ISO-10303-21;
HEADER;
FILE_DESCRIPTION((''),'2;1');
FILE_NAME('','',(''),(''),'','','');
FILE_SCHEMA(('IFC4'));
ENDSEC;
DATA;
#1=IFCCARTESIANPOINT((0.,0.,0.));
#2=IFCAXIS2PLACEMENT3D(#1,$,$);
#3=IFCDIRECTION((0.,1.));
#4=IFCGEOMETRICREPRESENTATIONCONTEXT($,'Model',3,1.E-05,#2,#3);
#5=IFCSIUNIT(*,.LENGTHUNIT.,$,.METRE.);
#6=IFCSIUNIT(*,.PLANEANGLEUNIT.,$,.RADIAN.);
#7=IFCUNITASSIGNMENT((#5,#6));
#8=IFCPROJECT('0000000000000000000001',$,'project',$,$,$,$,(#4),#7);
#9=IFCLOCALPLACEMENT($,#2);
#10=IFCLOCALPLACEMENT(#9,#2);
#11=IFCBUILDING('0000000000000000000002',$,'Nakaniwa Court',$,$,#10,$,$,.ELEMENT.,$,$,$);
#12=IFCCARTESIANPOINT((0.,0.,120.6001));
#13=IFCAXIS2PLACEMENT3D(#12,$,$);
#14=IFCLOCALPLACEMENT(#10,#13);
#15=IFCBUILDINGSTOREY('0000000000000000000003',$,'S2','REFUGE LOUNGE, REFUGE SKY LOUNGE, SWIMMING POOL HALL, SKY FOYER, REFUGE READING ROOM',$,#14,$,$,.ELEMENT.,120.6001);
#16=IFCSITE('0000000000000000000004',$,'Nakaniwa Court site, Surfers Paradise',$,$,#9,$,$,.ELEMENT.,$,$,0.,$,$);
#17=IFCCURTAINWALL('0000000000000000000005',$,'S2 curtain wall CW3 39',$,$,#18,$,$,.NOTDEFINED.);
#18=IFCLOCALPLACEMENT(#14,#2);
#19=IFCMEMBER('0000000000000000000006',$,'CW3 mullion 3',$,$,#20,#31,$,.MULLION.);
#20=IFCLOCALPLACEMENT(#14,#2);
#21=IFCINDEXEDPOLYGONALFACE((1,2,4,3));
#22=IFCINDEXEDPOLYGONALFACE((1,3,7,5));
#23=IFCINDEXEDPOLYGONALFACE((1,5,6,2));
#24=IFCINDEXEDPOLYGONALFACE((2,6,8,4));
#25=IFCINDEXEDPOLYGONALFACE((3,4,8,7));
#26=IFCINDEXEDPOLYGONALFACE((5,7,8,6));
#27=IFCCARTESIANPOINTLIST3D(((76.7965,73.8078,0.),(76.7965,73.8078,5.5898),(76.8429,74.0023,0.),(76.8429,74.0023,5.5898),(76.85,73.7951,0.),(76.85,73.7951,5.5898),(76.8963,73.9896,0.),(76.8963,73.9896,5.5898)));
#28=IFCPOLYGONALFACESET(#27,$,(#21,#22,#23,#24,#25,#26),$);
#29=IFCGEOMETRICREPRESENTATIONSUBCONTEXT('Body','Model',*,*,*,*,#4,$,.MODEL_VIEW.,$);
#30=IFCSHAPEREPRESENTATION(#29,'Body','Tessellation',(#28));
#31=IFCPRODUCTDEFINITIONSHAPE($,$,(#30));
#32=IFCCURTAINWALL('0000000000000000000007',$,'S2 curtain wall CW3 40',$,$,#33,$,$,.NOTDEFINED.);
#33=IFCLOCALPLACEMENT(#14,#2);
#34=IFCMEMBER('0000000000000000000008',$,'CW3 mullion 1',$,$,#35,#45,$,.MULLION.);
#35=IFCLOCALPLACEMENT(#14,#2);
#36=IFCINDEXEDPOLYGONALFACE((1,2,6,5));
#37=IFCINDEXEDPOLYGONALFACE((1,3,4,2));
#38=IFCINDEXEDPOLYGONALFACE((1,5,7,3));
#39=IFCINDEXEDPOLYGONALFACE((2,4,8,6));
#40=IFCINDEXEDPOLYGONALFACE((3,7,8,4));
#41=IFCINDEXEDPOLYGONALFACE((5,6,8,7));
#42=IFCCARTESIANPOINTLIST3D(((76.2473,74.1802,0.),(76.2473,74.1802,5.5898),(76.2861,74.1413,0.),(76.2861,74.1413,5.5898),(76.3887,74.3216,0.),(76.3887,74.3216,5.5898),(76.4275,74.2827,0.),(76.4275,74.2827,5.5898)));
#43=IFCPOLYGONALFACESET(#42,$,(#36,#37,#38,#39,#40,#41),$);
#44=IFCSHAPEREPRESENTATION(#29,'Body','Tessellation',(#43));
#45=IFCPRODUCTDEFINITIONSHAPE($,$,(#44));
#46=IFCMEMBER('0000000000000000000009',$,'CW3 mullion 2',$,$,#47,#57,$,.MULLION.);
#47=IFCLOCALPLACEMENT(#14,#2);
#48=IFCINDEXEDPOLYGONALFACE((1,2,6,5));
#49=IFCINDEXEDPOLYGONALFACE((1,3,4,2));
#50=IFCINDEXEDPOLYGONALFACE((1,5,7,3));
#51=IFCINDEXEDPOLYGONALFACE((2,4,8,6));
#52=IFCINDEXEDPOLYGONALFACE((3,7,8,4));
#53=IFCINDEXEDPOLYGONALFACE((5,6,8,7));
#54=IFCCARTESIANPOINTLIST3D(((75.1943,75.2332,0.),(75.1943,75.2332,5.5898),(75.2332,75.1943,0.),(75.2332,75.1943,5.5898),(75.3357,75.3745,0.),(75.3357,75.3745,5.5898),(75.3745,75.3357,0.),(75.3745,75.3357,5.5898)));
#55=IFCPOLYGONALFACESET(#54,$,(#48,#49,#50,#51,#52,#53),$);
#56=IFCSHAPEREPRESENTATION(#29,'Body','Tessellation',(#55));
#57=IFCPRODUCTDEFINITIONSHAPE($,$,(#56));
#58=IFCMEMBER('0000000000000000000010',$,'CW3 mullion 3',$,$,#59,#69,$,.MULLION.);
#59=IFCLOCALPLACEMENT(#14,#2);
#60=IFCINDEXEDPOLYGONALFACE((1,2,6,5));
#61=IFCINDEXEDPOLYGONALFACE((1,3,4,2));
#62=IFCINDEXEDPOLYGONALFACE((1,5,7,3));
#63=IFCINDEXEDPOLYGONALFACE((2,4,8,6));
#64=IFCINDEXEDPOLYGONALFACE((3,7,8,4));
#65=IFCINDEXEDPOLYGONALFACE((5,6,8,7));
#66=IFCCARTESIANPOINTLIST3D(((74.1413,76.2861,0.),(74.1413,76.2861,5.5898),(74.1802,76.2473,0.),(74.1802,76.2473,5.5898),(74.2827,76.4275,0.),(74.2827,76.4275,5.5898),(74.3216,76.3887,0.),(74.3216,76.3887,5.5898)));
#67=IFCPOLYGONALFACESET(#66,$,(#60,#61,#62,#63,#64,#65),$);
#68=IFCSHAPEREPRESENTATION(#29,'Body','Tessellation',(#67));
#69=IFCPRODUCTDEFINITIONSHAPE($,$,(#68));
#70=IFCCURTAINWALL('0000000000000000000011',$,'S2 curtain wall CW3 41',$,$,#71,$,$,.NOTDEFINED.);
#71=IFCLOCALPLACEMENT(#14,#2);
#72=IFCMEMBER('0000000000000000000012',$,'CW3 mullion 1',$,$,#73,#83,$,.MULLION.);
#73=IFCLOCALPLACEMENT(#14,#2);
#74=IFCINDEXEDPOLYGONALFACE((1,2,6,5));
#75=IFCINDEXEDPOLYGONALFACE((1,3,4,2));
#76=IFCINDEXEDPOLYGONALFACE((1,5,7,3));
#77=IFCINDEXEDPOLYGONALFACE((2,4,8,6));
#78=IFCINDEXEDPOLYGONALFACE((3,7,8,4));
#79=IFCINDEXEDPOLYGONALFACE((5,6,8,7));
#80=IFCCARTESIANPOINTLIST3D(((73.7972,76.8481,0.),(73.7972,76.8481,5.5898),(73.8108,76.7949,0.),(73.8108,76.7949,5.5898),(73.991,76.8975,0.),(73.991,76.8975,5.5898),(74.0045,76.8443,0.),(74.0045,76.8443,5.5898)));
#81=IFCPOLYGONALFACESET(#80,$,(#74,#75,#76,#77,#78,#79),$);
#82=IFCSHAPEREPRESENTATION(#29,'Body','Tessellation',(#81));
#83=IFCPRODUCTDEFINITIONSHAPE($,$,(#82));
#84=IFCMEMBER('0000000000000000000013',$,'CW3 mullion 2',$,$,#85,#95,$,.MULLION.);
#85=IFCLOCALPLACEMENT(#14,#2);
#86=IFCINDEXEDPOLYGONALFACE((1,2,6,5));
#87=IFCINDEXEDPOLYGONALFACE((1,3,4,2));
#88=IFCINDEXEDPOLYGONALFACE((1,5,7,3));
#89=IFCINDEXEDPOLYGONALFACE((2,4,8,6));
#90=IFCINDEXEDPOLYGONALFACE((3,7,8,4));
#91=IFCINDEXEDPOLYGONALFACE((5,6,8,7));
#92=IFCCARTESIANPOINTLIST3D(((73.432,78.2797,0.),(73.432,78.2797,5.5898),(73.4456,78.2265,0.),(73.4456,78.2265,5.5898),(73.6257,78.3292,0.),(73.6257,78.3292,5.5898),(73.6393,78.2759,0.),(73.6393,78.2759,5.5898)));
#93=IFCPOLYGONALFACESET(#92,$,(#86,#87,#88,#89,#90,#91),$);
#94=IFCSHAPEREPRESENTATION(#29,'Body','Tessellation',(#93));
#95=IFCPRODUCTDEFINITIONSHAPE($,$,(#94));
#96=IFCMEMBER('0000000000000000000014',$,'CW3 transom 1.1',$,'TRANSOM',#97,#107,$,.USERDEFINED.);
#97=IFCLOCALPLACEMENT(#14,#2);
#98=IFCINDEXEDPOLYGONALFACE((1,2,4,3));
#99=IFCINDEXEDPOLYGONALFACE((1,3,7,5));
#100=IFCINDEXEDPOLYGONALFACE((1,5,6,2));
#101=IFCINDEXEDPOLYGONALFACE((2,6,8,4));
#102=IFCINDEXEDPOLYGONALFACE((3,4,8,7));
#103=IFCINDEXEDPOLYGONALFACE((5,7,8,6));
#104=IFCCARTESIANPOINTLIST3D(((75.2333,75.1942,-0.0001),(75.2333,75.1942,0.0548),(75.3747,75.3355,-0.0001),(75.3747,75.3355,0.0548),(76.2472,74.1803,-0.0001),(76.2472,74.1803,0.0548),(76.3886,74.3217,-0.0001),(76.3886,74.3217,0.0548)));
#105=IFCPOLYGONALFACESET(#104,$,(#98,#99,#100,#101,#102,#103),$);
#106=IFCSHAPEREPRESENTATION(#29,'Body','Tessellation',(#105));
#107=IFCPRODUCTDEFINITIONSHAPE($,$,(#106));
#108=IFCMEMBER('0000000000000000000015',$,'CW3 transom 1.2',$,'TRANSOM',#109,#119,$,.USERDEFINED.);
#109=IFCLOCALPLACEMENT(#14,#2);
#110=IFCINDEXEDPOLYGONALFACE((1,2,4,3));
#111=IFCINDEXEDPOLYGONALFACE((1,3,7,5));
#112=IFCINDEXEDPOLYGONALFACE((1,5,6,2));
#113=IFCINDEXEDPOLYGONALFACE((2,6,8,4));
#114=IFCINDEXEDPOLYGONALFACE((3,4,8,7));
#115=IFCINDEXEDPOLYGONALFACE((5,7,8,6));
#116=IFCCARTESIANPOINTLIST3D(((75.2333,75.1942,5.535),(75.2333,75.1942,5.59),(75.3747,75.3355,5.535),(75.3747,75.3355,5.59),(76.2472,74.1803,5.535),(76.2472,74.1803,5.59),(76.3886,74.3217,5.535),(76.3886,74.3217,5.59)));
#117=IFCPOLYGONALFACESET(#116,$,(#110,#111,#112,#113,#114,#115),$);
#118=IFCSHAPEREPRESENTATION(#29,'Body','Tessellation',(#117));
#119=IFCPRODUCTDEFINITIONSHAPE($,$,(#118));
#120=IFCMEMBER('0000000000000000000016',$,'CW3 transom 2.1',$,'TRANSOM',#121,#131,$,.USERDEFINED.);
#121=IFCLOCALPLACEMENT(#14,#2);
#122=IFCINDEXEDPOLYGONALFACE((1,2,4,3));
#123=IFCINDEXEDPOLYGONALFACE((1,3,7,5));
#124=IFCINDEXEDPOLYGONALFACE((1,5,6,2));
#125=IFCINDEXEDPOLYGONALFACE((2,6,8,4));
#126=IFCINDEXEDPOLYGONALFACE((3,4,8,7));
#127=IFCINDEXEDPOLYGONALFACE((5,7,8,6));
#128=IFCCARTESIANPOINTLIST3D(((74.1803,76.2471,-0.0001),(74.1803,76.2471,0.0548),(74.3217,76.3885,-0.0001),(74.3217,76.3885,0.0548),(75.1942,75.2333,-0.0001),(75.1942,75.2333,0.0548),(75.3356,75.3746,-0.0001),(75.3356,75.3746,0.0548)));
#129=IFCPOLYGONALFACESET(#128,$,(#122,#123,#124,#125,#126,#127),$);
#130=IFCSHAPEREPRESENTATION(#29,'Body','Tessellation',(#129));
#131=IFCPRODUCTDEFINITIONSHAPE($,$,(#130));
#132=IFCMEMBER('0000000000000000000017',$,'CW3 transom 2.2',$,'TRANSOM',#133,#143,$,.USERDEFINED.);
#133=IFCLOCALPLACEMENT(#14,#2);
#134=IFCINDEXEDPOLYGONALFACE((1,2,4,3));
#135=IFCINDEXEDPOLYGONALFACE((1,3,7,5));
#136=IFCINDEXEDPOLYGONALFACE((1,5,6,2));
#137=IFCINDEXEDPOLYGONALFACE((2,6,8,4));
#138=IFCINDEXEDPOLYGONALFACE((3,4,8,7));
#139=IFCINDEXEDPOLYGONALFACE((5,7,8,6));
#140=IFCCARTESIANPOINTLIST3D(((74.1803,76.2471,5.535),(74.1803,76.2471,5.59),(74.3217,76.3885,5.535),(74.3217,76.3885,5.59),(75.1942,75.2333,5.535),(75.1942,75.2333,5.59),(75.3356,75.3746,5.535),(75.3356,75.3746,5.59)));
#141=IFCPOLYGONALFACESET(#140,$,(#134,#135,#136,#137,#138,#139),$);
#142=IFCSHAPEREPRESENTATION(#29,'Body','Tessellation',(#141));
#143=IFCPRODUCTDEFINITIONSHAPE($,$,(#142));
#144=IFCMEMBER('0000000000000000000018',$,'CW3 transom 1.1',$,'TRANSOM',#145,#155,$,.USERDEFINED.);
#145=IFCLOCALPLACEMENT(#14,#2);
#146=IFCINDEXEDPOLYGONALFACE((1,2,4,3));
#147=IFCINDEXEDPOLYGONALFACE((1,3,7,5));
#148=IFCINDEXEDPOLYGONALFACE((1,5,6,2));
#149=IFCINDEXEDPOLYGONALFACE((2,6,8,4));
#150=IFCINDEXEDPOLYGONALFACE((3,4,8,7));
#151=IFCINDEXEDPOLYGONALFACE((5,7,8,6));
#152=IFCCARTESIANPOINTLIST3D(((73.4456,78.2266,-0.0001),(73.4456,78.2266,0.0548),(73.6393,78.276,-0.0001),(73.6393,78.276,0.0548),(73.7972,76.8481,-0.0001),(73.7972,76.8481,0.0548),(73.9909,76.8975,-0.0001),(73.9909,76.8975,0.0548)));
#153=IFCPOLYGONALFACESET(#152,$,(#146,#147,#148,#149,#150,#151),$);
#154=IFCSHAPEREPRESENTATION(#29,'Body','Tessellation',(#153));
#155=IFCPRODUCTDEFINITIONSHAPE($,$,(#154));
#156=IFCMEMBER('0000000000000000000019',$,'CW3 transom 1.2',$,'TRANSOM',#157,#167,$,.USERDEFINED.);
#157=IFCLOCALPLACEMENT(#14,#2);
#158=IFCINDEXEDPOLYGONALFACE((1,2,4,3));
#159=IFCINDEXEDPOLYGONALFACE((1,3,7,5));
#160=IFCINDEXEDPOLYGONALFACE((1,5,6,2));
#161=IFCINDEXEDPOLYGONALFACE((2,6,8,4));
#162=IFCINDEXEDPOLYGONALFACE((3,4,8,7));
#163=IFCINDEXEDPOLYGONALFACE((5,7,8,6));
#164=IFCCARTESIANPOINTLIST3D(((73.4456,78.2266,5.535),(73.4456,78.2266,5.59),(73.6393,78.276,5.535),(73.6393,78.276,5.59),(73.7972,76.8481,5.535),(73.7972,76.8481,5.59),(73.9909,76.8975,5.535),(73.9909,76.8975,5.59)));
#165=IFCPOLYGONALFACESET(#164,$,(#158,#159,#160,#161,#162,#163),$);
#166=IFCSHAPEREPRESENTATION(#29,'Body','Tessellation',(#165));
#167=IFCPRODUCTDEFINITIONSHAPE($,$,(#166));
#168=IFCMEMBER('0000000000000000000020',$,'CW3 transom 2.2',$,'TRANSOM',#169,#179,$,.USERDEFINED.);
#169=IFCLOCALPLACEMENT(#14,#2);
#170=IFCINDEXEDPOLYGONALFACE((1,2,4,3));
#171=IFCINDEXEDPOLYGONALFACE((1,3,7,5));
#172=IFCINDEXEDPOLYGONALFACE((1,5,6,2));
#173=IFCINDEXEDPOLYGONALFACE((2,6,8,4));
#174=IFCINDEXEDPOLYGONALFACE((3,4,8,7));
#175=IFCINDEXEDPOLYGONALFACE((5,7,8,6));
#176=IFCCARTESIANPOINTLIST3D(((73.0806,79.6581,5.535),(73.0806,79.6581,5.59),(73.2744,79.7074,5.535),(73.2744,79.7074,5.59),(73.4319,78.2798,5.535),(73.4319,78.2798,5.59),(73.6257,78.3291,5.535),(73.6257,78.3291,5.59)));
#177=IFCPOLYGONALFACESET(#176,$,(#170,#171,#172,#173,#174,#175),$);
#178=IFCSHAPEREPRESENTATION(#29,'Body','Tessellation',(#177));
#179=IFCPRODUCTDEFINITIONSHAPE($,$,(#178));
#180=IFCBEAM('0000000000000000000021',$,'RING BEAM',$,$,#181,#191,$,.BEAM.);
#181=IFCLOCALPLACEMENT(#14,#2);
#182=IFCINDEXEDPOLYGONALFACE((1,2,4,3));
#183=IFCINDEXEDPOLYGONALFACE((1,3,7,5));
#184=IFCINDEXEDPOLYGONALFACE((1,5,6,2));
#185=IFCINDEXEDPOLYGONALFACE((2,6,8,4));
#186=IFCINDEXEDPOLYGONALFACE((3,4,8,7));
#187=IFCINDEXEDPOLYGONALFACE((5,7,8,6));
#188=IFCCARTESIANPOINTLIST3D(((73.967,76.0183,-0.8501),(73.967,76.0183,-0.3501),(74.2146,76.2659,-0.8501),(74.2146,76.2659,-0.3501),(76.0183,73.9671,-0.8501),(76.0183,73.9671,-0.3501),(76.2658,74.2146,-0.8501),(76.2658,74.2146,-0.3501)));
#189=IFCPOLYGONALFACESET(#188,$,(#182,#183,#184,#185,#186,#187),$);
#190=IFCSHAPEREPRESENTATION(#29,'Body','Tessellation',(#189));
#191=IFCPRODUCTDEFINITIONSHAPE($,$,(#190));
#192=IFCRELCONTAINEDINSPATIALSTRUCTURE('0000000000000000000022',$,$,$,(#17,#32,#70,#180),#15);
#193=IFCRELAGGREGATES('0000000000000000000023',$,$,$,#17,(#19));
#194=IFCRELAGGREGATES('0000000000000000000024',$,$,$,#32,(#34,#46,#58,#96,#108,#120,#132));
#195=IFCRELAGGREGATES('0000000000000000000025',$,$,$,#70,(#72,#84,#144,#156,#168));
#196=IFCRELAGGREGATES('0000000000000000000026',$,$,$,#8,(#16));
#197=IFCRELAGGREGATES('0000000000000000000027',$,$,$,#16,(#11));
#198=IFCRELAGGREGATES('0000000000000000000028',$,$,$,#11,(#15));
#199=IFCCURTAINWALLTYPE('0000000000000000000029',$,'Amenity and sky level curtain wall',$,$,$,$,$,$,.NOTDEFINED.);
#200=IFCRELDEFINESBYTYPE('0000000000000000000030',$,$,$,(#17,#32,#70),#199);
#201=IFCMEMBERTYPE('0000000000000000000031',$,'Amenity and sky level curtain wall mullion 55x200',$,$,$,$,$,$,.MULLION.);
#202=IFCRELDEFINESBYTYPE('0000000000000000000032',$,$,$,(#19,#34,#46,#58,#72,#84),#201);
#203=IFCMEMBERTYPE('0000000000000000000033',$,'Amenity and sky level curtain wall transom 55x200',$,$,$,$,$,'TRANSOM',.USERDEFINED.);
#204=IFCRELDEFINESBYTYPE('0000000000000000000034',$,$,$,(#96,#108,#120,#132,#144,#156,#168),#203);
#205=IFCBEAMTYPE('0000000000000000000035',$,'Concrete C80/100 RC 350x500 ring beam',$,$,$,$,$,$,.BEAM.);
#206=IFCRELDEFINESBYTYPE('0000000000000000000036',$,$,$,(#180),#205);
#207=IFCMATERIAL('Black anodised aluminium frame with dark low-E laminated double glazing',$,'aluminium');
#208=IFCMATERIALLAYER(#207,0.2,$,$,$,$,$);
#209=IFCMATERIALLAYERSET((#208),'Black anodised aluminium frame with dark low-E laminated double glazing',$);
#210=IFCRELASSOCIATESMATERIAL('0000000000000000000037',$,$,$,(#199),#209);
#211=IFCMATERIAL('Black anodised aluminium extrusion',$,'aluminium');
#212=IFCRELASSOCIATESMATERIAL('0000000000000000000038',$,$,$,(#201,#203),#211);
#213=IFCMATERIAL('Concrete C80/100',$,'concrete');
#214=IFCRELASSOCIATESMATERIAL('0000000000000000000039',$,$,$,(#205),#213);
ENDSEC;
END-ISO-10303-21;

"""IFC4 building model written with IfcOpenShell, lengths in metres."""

from ifc_helpers import new_model, si_unit, direction, frame, origin, origin_2d, place, context, subcontext, project, spatial, rectangle, extrude, material, layer, layer_set, material_profile, profile_set, type_object, element, aggregate, save


model = new_model("IFC4")

# Units and contexts
model_context = context("Model", 3, precision=1e-05, world=origin(), true_north=direction((0.0, 1.0)))
body_context = subcontext(model_context, "Body", "Model", "MODEL_VIEW")
ifc_project = project(units=[si_unit("LENGTHUNIT", "METRE"), si_unit("PLANEANGLEUNIT", "RADIAN")], contexts=[model_context])

# Site, building, storey
site_placement = place(None, origin())
site = spatial("IfcSite", under=ifc_project, at=site_placement, Name="Nakaniwa Court site, Surfers Paradise", CompositionType="ELEMENT", RefElevation=0.0)
building_placement = place(site_placement, origin())
building = spatial("IfcBuilding", under=site, at=building_placement, Name="Nakaniwa Court", CompositionType="ELEMENT")
storey_placement = place(building_placement, frame((0.0, 0.0, 120.6001)))
storey = spatial("IfcBuildingStorey", under=building, at=storey_placement, Name="S2", Description="REFUGE LOUNGE, REFUGE SKY LOUNGE, SWIMMING POOL HALL, SKY FOYER, REFUGE READING ROOM", CompositionType="ELEMENT", Elevation=120.6001)

# Shared definitions
ifc_material_1 = material(Name="Concrete C80/100", Category="concrete")

# Curtain wall, member
ifc_material_2 = material(Name="Black anodised aluminium frame with dark low-E laminated double glazing", Category="aluminium")
ifc_layer_1 = layer(ifc_material_2, 0.2)
ifc_layer_set_1 = layer_set([ifc_layer_1], Name="Black anodised aluminium frame with dark low-E laminated double glazing")
curtain_wall_type = type_object("IfcCurtainWallType", Name="Amenity and sky level curtain wall", PredefinedType="NOTDEFINED", material=ifc_layer_set_1)
curtain_wall_1_placement = place(storey_placement, origin())
curtain_wall_1 = element("IfcCurtainWall", 1, at=curtain_wall_1_placement, inside=storey, type_object=curtain_wall_type, Name="S2 curtain wall CW3 39", PredefinedType="NOTDEFINED")
ifc_material_3 = material(Name="Black anodised aluminium extrusion", Category="aluminium")
ifc_material_profile_1 = material_profile(ifc_material_3, rectangle(XDim=0.2, YDim=0.0549, at=origin_2d()), Name="Amenity and sky level curtain wall mullion 55x200")
ifc_profile_set_1 = profile_set([ifc_material_profile_1], Name="Black anodised aluminium extrusion")
member_type_1 = type_object("IfcMemberType", Name="Amenity and sky level curtain wall mullion 55x200", PredefinedType="MULLION", material=ifc_profile_set_1)
member_1_placement = place(storey_placement, frame((76.8464, 73.8987, 0.0), z_axis=(0.0, 0.0, 1.0), x_axis=(-0.231791, -0.972766, 0.0)))
member_1 = element("IfcMember", 2, at=member_1_placement, type_object=member_type_1, Name="CW3 mullion 3", PredefinedType="MULLION", context=body_context, shape_type="SweptSolid", body=[
    extrude(rectangle(XDim=0.2, YDim=0.0549, at=origin_2d()), origin(), (0.0, 0.0, 1.0), 5.5898),
])

# Curtain walls, members
curtain_wall_2_placement = place(storey_placement, origin())
curtain_wall_2 = element("IfcCurtainWall", 3, at=curtain_wall_2_placement, inside=storey, type_object=curtain_wall_type, Name="S2 curtain wall CW3 40", PredefinedType="NOTDEFINED")
member_2_placement = place(storey_placement, frame((76.3374, 74.2314, 0.0), z_axis=(0.0, 0.0, 1.0), x_axis=(-0.707107, -0.707107, 0.0)))
member_2 = element("IfcMember", 4, at=member_2_placement, type_object=member_type_1, Name="CW3 mullion 1", PredefinedType="MULLION", context=body_context, shape_type="SweptSolid", body=[
    extrude(rectangle(XDim=0.2, YDim=0.0549, at=origin_2d()), origin(), (0.0, 0.0, 1.0), 5.5898),
])
member_3_placement = place(storey_placement, frame((75.2844, 75.2844, 0.0), z_axis=(0.0, 0.0, 1.0), x_axis=(-0.707107, -0.707107, 0.0)))
member_3 = element("IfcMember", 5, at=member_3_placement, type_object=member_type_1, Name="CW3 mullion 2", PredefinedType="MULLION", context=body_context, shape_type="SweptSolid", body=[
    extrude(rectangle(XDim=0.2, YDim=0.0549, at=origin_2d()), origin(), (0.0, 0.0, 1.0), 5.5898),
])
member_4_placement = place(storey_placement, frame((74.2314, 76.3374, 0.0), z_axis=(0.0, 0.0, 1.0), x_axis=(-0.707107, -0.707107, 0.0)))
member_4 = element("IfcMember", 6, at=member_4_placement, type_object=member_type_1, Name="CW3 mullion 3", PredefinedType="MULLION", context=body_context, shape_type="SweptSolid", body=[
    extrude(rectangle(XDim=0.2, YDim=0.0549, at=origin_2d()), origin(), (0.0, 0.0, 1.0), 5.5898),
])
curtain_wall_3_placement = place(storey_placement, origin())
curtain_wall_3 = element("IfcCurtainWall", 7, at=curtain_wall_3_placement, inside=storey, type_object=curtain_wall_type, Name="S2 curtain wall CW3 41", PredefinedType="NOTDEFINED")
member_5_placement = place(storey_placement, frame((73.9009, 76.8462, 0.0), z_axis=(0.0, 0.0, 1.0), x_axis=(-0.968986, -0.247114, 0.0)))
member_5 = element("IfcMember", 8, at=member_5_placement, type_object=member_type_1, Name="CW3 mullion 1", PredefinedType="MULLION", context=body_context, shape_type="SweptSolid", body=[
    extrude(rectangle(XDim=0.2, YDim=0.0549, at=origin_2d()), origin(), (0.0, 0.0, 1.0), 5.5898),
])
member_6_placement = place(storey_placement, frame((73.5356, 78.2778, 0.0), z_axis=(0.0, 0.0, 1.0), x_axis=(-0.968986, -0.247114, 0.0)))
member_6 = element("IfcMember", 9, at=member_6_placement, type_object=member_type_1, Name="CW3 mullion 2", PredefinedType="MULLION", context=body_context, shape_type="SweptSolid", body=[
    extrude(rectangle(XDim=0.2, YDim=0.0549, at=origin_2d()), origin(), (0.0, 0.0, 1.0), 5.5898),
])

# Members
ifc_material_profile_2 = material_profile(ifc_material_3, rectangle(XDim=0.2, YDim=0.0549, at=origin_2d()), Name="Amenity and sky level curtain wall transom 55x200")
ifc_profile_set_2 = profile_set([ifc_material_profile_2], Name="Black anodised aluminium extrusion")
member_type_2 = type_object("IfcMemberType", Name="Amenity and sky level curtain wall transom 55x200", ElementType="TRANSOM", PredefinedType="USERDEFINED", material=ifc_profile_set_2)
member_7_placement = place(storey_placement, frame((76.3179, 74.251, 0.0273), z_axis=(-0.707107, 0.707107, 0.0), x_axis=(-0.707107, -0.707107, 0.0)))
member_7 = element("IfcMember", 10, at=member_7_placement, type_object=member_type_2, Name="CW3 transom 1.1", ObjectType="TRANSOM", PredefinedType="USERDEFINED", context=body_context, shape_type="SweptSolid", body=[
    extrude(rectangle(XDim=0.2, YDim=0.0549, at=origin_2d()), origin(), (0.0, 0.0, 1.0), 1.4338),
])
member_8_placement = place(storey_placement, frame((76.3179, 74.251, 5.5625), z_axis=(-0.707107, 0.707107, 0.0), x_axis=(-0.707107, -0.707107, 0.0)))
member_8 = element("IfcMember", 11, at=member_8_placement, type_object=member_type_2, Name="CW3 transom 1.2", ObjectType="TRANSOM", PredefinedType="USERDEFINED", context=body_context, shape_type="SweptSolid", body=[
    extrude(rectangle(XDim=0.2, YDim=0.0549, at=origin_2d()), origin(), (0.0, 0.0, 1.0), 1.4338),
])
member_9_placement = place(storey_placement, frame((75.2649, 75.304, 0.0273), z_axis=(-0.707107, 0.707107, 0.0), x_axis=(-0.707107, -0.707107, 0.0)))
member_9 = element("IfcMember", 12, at=member_9_placement, type_object=member_type_2, Name="CW3 transom 2.1", ObjectType="TRANSOM", PredefinedType="USERDEFINED", context=body_context, shape_type="SweptSolid", body=[
    extrude(rectangle(XDim=0.2, YDim=0.0549, at=origin_2d()), origin(), (0.0, 0.0, 1.0), 1.4338),
])
member_10_placement = place(storey_placement, frame((75.2649, 75.304, 5.5625), z_axis=(-0.707107, 0.707107, 0.0), x_axis=(-0.707107, -0.707107, 0.0)))
member_10 = element("IfcMember", 13, at=member_10_placement, type_object=member_type_2, Name="CW3 transom 2.2", ObjectType="TRANSOM", PredefinedType="USERDEFINED", context=body_context, shape_type="SweptSolid", body=[
    extrude(rectangle(XDim=0.2, YDim=0.0549, at=origin_2d()), origin(), (0.0, 0.0, 1.0), 1.4338),
])
member_11_placement = place(storey_placement, frame((73.894, 76.8728, 0.0273), z_axis=(-0.247136, 0.968981, 0.0), x_axis=(-0.968981, -0.247136, 0.0)))
member_11 = element("IfcMember", 14, at=member_11_placement, type_object=member_type_2, Name="CW3 transom 1.1", ObjectType="TRANSOM", PredefinedType="USERDEFINED", context=body_context, shape_type="SweptSolid", body=[
    extrude(rectangle(XDim=0.2, YDim=0.0549, at=origin_2d()), origin(), (0.0, 0.0, 1.0), 1.4226),
])
member_12_placement = place(storey_placement, frame((73.894, 76.8728, 5.5625), z_axis=(-0.247136, 0.968981, 0.0), x_axis=(-0.968981, -0.247136, 0.0)))
member_12 = element("IfcMember", 15, at=member_12_placement, type_object=member_type_2, Name="CW3 transom 1.2", ObjectType="TRANSOM", PredefinedType="USERDEFINED", context=body_context, shape_type="SweptSolid", body=[
    extrude(rectangle(XDim=0.2, YDim=0.0549, at=origin_2d()), origin(), (0.0, 0.0, 1.0), 1.4226),
])
member_13_placement = place(storey_placement, frame((73.5288, 78.3044, 5.5625), z_axis=(-0.246975, 0.969022, 0.0), x_axis=(-0.969022, -0.246975, 0.0)))
member_13 = element("IfcMember", 16, at=member_13_placement, type_object=member_type_2, Name="CW3 transom 2.2", ObjectType="TRANSOM", PredefinedType="USERDEFINED", context=body_context, shape_type="SweptSolid", body=[
    extrude(rectangle(XDim=0.2, YDim=0.0549, at=origin_2d()), origin(), (0.0, 0.0, 1.0), 1.4224),
])

# Beam
ifc_material_profile_3 = material_profile(ifc_material_1, rectangle(XDim=0.3501, YDim=0.5, at=origin_2d()), Name="Concrete C80/100 RC 350x500 ring beam")
ifc_profile_set_3 = profile_set([ifc_material_profile_3], Name="Concrete C80/100")
beam_type = type_object("IfcBeamType", Name="Concrete C80/100 RC 350x500 ring beam", PredefinedType="BEAM", material=ifc_profile_set_3)
beam_1_placement = place(storey_placement, frame((74.0908, 76.1421, -0.6001), z_axis=(0.707107, -0.707107, 0.0), x_axis=(0.707107, 0.707107, 0.0)))
element("IfcBeam", 17, at=beam_1_placement, inside=storey, type_object=beam_type, Name="RING BEAM", PredefinedType="BEAM", context=body_context, shape_type="SweptSolid", body=[
    extrude(rectangle(XDim=0.3501, YDim=0.5, at=origin_2d()), origin(), (0.0, 0.0, 1.0), 2.9009),
])

aggregate(curtain_wall_1, [member_1])
aggregate(curtain_wall_2, [member_2, member_3, member_4, member_7, member_8, member_9, member_10])
aggregate(curtain_wall_3, [member_5, member_6, member_11, member_12, member_13])

save(model, "model.ifc")
